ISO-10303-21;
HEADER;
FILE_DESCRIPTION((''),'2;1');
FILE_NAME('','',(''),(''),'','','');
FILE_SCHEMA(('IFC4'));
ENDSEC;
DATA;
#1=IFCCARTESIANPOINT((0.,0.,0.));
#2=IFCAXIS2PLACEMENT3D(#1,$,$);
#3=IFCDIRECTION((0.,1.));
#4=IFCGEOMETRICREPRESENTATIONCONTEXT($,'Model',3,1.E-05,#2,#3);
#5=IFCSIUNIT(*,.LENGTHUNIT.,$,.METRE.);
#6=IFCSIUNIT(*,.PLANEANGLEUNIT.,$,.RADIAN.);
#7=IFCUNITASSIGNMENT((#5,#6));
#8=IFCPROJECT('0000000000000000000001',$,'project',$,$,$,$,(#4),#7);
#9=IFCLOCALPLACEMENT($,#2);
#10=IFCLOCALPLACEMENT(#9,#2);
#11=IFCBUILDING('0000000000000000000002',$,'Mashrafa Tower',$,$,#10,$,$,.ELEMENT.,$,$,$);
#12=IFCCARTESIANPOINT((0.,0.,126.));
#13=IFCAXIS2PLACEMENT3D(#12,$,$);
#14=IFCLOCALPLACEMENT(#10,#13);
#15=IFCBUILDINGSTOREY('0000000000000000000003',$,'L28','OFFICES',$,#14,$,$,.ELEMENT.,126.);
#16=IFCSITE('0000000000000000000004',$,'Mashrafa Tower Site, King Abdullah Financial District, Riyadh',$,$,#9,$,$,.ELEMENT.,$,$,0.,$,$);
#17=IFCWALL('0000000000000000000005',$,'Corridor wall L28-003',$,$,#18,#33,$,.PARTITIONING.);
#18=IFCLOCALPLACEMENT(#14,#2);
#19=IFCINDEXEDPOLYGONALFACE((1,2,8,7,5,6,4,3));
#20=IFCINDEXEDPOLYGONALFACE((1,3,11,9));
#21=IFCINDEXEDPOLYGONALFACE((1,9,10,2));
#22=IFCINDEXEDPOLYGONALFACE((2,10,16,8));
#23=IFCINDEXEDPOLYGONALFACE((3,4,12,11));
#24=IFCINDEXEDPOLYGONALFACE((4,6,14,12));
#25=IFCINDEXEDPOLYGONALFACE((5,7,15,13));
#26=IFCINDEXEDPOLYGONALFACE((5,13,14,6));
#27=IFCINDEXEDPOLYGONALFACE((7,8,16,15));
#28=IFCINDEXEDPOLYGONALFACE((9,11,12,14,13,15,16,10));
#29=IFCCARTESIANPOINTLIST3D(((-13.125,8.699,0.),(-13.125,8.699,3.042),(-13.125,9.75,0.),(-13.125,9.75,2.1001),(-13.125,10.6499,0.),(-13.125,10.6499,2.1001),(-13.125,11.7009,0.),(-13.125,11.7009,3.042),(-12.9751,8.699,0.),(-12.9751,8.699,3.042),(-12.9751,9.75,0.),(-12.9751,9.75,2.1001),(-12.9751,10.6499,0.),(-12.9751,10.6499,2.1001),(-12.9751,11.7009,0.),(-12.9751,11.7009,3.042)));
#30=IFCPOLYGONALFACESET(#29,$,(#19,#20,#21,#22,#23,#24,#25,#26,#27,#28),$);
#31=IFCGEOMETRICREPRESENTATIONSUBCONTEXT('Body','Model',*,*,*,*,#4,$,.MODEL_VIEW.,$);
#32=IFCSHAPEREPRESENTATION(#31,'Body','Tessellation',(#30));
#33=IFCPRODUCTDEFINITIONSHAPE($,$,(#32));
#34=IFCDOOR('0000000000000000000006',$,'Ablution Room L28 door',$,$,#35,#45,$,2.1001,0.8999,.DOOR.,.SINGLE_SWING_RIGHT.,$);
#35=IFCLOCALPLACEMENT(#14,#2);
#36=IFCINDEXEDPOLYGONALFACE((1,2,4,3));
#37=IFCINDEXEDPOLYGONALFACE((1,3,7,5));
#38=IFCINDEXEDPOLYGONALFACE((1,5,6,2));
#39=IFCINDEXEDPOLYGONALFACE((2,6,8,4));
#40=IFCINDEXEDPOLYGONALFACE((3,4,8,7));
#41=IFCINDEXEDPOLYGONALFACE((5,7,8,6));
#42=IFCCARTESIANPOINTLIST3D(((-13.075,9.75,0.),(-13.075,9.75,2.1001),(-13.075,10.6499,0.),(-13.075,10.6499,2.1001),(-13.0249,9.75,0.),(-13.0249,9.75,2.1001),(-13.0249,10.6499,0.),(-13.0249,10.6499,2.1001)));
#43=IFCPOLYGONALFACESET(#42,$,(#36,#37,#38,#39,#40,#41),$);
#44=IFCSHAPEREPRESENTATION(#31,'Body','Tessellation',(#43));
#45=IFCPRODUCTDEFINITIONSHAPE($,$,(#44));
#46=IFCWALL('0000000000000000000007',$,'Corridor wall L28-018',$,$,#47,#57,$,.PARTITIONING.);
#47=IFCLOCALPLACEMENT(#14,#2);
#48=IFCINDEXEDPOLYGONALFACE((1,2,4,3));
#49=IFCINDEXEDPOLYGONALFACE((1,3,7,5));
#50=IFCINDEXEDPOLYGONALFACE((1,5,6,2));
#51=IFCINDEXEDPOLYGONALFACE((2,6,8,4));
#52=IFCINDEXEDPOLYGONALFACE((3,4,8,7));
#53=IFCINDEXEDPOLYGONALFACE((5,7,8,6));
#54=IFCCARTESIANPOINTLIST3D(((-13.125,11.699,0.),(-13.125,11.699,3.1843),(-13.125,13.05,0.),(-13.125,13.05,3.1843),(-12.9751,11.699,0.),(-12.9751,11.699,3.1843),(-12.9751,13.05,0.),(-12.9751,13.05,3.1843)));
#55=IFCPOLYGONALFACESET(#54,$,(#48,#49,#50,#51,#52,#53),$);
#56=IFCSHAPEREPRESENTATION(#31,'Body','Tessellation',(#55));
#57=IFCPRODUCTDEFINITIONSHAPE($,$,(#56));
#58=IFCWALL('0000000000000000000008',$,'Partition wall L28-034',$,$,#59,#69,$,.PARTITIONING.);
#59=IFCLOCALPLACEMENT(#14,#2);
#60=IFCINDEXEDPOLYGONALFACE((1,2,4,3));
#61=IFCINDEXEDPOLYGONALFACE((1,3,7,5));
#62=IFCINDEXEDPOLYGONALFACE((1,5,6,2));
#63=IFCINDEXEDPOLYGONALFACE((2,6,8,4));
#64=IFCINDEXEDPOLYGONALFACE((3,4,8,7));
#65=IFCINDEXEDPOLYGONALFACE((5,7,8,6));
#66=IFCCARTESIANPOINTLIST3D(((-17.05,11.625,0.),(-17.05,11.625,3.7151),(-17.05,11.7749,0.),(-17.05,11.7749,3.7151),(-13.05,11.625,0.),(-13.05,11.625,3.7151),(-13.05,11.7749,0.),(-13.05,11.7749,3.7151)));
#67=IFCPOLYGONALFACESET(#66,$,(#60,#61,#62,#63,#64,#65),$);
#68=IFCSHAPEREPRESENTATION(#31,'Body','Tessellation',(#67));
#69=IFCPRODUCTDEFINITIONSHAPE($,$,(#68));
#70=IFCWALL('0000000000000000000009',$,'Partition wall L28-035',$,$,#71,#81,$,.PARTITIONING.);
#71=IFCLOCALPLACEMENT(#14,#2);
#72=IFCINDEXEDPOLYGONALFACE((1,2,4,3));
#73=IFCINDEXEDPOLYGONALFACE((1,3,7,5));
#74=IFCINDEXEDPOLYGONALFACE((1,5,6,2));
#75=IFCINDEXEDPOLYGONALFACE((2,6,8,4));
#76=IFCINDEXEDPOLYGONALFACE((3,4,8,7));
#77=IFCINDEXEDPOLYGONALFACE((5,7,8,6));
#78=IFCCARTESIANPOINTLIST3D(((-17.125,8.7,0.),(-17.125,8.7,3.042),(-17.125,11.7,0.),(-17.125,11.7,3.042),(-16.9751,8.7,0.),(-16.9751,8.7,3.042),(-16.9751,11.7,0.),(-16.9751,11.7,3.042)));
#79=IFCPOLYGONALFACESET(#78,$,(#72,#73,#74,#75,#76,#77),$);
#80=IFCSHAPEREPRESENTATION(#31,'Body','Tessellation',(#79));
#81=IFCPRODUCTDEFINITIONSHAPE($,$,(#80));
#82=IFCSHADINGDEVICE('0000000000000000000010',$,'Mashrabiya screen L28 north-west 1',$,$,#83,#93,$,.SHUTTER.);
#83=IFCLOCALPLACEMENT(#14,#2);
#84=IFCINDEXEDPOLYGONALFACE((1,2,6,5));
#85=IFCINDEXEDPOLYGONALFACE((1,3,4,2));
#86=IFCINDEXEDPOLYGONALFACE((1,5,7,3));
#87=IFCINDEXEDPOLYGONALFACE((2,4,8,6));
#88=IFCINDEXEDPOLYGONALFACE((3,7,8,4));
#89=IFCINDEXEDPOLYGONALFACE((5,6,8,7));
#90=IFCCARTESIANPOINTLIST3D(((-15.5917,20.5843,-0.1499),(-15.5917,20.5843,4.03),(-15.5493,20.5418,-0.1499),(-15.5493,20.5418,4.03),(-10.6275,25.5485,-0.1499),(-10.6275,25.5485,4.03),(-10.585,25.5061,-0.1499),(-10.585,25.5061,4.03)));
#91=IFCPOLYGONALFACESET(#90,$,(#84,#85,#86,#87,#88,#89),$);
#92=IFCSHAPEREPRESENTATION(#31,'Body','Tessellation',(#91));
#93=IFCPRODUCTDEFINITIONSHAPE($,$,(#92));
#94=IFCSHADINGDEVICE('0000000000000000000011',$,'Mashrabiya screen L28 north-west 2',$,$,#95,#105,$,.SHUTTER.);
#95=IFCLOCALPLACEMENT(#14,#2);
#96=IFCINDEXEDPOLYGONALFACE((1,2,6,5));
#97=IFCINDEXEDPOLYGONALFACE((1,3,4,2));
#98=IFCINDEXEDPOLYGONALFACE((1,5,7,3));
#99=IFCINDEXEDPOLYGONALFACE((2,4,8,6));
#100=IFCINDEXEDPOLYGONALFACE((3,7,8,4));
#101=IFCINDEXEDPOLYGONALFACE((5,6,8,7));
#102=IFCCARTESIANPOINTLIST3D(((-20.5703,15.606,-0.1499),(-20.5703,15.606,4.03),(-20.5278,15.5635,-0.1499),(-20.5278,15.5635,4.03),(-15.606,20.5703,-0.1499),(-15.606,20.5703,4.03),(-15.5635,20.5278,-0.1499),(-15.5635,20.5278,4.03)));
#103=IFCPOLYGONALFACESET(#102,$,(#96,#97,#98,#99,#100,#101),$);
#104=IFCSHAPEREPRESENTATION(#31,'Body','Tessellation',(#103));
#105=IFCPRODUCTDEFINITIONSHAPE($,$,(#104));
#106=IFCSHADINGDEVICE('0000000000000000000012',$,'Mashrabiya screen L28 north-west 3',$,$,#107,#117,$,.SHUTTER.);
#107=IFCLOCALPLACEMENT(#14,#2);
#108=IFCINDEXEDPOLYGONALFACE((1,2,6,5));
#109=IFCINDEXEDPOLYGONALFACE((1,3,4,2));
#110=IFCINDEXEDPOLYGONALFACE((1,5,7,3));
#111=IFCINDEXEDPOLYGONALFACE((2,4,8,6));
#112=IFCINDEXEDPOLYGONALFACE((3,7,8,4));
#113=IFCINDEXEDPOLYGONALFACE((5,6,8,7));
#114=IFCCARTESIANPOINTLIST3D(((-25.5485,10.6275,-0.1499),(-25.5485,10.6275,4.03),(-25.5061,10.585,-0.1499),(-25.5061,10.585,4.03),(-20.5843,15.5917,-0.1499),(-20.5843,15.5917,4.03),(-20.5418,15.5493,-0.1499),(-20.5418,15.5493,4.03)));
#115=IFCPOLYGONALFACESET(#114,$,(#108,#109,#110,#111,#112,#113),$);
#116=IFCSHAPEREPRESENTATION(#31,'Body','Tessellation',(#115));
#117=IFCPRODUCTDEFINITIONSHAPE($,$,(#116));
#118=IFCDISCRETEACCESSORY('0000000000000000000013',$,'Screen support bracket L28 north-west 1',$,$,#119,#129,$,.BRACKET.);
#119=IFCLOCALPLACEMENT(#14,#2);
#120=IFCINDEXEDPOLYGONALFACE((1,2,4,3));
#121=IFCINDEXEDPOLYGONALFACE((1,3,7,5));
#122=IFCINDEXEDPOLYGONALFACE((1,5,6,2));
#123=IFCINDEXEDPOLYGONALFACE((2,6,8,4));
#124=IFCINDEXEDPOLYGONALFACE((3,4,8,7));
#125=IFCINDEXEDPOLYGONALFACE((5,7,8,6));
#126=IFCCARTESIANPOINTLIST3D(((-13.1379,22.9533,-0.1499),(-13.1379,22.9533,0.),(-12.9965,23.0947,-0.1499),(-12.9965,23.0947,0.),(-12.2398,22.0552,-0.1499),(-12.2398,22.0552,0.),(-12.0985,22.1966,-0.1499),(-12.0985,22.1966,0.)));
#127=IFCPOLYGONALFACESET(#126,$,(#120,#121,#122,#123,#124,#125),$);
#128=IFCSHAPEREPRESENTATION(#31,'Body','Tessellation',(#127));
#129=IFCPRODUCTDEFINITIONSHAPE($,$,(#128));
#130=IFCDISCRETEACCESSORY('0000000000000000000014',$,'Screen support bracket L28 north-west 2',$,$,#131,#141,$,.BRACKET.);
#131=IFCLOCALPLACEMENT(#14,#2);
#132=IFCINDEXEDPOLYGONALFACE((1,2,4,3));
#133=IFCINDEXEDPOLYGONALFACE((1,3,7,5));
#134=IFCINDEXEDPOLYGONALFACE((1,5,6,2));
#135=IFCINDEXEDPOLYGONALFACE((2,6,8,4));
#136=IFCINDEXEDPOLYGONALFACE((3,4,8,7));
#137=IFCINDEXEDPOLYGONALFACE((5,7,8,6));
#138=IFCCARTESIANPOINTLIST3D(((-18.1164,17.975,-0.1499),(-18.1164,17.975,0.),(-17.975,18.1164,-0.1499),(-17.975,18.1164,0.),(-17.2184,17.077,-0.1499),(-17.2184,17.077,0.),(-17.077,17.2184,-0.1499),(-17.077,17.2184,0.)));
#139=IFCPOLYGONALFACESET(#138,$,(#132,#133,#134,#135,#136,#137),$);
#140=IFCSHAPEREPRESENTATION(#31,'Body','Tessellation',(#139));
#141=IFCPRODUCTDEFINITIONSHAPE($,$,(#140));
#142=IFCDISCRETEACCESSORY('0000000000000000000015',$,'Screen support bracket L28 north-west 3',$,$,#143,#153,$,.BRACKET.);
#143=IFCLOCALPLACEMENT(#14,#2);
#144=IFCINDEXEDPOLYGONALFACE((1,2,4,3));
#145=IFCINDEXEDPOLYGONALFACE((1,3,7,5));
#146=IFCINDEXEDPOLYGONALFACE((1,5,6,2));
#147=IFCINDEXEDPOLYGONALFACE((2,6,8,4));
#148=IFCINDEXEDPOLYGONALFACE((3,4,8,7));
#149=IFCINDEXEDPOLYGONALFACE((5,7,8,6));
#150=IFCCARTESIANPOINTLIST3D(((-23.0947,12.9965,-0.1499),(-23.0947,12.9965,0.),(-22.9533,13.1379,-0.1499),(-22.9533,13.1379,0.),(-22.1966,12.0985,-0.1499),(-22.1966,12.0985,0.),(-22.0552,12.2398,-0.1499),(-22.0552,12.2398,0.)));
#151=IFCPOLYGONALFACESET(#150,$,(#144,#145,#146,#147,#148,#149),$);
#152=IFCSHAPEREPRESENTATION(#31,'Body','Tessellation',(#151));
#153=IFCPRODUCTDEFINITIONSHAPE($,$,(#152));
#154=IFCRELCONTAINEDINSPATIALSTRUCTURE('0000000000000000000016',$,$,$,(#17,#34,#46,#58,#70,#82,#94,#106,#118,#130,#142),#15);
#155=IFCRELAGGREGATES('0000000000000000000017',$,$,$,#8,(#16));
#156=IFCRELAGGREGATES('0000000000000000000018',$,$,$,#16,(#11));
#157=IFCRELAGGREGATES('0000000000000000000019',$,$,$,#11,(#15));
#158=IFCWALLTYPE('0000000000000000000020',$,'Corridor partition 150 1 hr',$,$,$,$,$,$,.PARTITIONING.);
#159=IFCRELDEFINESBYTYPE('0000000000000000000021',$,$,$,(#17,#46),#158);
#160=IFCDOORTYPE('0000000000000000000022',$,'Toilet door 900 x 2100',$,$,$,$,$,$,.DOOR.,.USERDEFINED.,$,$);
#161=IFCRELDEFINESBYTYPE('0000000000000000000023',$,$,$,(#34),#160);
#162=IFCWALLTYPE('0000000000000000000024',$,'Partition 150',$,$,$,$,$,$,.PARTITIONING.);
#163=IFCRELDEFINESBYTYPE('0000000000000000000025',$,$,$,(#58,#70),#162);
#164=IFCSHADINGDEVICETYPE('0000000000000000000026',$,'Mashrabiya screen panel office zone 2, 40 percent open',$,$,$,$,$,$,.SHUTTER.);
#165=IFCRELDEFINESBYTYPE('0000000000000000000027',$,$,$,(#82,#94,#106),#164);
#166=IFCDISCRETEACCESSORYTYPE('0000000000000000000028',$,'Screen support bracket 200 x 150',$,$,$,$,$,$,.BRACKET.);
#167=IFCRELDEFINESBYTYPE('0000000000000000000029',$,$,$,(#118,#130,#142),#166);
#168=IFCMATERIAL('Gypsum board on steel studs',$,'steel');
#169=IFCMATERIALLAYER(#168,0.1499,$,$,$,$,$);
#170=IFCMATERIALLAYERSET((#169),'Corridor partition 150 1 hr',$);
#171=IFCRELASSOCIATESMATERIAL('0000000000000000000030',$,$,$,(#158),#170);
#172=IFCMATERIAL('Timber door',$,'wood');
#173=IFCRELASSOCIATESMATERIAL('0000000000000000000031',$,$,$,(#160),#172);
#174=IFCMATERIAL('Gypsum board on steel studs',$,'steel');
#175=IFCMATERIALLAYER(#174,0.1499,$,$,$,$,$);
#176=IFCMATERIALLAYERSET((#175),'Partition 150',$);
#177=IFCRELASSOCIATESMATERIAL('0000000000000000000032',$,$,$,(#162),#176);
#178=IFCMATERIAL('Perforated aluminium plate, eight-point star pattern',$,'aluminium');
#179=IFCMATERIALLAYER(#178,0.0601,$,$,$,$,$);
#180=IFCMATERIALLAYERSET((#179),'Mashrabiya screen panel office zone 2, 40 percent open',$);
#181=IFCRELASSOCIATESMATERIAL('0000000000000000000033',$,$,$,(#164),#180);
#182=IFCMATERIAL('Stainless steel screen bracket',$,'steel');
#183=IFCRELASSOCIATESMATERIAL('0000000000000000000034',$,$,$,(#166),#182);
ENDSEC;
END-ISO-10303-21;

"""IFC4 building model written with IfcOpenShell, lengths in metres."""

from ifc_helpers import new_model, si_unit, direction, frame, frame_2d, origin, origin_2d, place, context, subcontext, project, spatial, rectangle, extrude, source, transform, mapped, material, layer, layer_set, type_object, type_shapes, element, fill, save


model = new_model("IFC4")

# Units and contexts
model_context = context("Model", 3, precision=1e-05, world=origin(), true_north=direction((0.0, 1.0)))
body_context = subcontext(model_context, "Body", "Model", "MODEL_VIEW")
ifc_project = project(units=[si_unit("LENGTHUNIT", "METRE"), si_unit("PLANEANGLEUNIT", "RADIAN")], contexts=[model_context])

# Site, building, storey
site_placement = place(None, origin())
site = spatial("IfcSite", under=ifc_project, at=site_placement, Name="Mashrafa Tower Site, King Abdullah Financial District, Riyadh", CompositionType="ELEMENT", RefElevation=0.0)
building_placement = place(site_placement, origin())
building = spatial("IfcBuilding", under=site, at=building_placement, Name="Mashrafa Tower", CompositionType="ELEMENT")
storey_placement = place(building_placement, frame((0.0, 0.0, 126.0)))
storey = spatial("IfcBuildingStorey", under=building, at=storey_placement, Name="L28", Description="OFFICES", CompositionType="ELEMENT", Elevation=126.0)

# Wall, opening, door
ifc_material_1 = material(Name="Gypsum board on steel studs", Category="steel")
ifc_layer_1 = layer(ifc_material_1, 0.1499)
ifc_layer_set_1 = layer_set([ifc_layer_1], Name="Corridor partition 150 1 hr")
wall_type_1 = type_object("IfcWallType", Name="Corridor partition 150 1 hr", PredefinedType="PARTITIONING", material=ifc_layer_set_1)
wall_1_placement = place(storey_placement, frame((-13.05, 11.7009, 0.0), z_axis=(0.0, 0.0, 1.0), x_axis=(0.0, -1.0, 0.0)))
wall_1 = element("IfcWall", 1, at=wall_1_placement, inside=storey, type_object=wall_type_1, Name="Corridor wall L28-003", PredefinedType="PARTITIONING", context=body_context, shape_type="SweptSolid", body=[
    extrude(rectangle(XDim=3.002, YDim=0.1499, at=frame_2d((1.501, 0.0))), origin(), (0.0, 0.0, 1.0), 3.042),
])
opening_placement = place(wall_1_placement, frame((1.051, 0.0, 0.0)))
opening = element("IfcOpeningElement", 2, at=opening_placement, cuts=wall_1, PredefinedType="OPENING", context=body_context, shape_type="SweptSolid", body=[
    extrude(rectangle(XDim=0.8999, YDim=2.1001, at=frame_2d((0.45, 1.05))), frame((0.0, 0.085, 0.0), z_axis=(0.0, -1.0, 0.0), x_axis=(1.0, 0.0, 0.0)), (0.0, 0.0, 1.0), 0.1699),
])
ifc_material_2 = material(Name="Timber door", Category="wood")
door_type = type_object("IfcDoorType", Name="Toilet door 900 x 2100", OperationType="USERDEFINED", PredefinedType="DOOR", material=ifc_material_2)
door_placement = place(opening_placement, frame((0.8999, 0.0, 0.0), z_axis=(0.0, 0.0, 1.0), x_axis=(-1.0, 0.0, 0.0)))
door = element("IfcDoor", 3, at=door_placement, inside=storey, type_object=door_type, Name="Ablution Room L28 door", OperationType="SINGLE_SWING_RIGHT", OverallHeight=2.1001, OverallWidth=0.8999, PredefinedType="DOOR", context=body_context, shape_type="SweptSolid", body=[
    extrude(rectangle(XDim=0.8999, YDim=2.1001, at=frame_2d((0.45, 1.05))), frame((0.0, 0.0249, 0.0), z_axis=(0.0, -1.0, 0.0), x_axis=(1.0, 0.0, 0.0)), (0.0, 0.0, 1.0), 0.05),
])
fill(opening, door)

# Walls
wall_2_placement = place(storey_placement, frame((-13.05, 13.05, 0.0), z_axis=(0.0, 0.0, 1.0), x_axis=(0.0, -1.0, 0.0)))
element("IfcWall", 4, at=wall_2_placement, inside=storey, type_object=wall_type_1, Name="Corridor wall L28-018", PredefinedType="PARTITIONING", context=body_context, shape_type="SweptSolid", body=[
    extrude(rectangle(XDim=1.3511, YDim=0.1499, at=frame_2d((0.6755, 0.0))), origin(), (0.0, 0.0, 1.0), 3.1843),
])
ifc_material_3 = material(Name="Gypsum board on steel studs", Category="steel")
ifc_layer_2 = layer(ifc_material_3, 0.1499)
ifc_layer_set_2 = layer_set([ifc_layer_2], Name="Partition 150")
wall_type_2 = type_object("IfcWallType", Name="Partition 150", PredefinedType="PARTITIONING", material=ifc_layer_set_2)
wall_3_placement = place(storey_placement, frame((-13.05, 11.7, 0.0), z_axis=(0.0, 0.0, 1.0), x_axis=(-1.0, 0.0, 0.0)))
element("IfcWall", 5, at=wall_3_placement, inside=storey, type_object=wall_type_2, Name="Partition wall L28-034", PredefinedType="PARTITIONING", context=body_context, shape_type="SweptSolid", body=[
    extrude(rectangle(XDim=4.0, YDim=0.1499, at=frame_2d((2.0, 0.0))), origin(), (0.0, 0.0, 1.0), 3.7151),
])
wall_4_placement = place(storey_placement, frame((-17.05, 11.7, 0.0), z_axis=(0.0, 0.0, 1.0), x_axis=(0.0, -1.0, 0.0)))
element("IfcWall", 6, at=wall_4_placement, inside=storey, type_object=wall_type_2, Name="Partition wall L28-035", PredefinedType="PARTITIONING", context=body_context, shape_type="SweptSolid", body=[
    extrude(rectangle(XDim=3.0, YDim=0.1499, at=frame_2d((1.5, 0.0))), origin(), (0.0, 0.0, 1.0), 3.042),
])

# Shading devices
ifc_material_4 = material(Name="Perforated aluminium plate, eight-point star pattern", Category="aluminium")
ifc_layer_3 = layer(ifc_material_4, 0.0601)
ifc_layer_set_3 = layer_set([ifc_layer_3], Name="Mashrabiya screen panel office zone 2, 40 percent open")
shading_device_type = type_object("IfcShadingDeviceType", Name="Mashrabiya screen panel office zone 2, 40 percent open", PredefinedType="SHUTTER", material=ifc_layer_set_3)
shared_shape_1 = source(origin(), body_context, "Body", "SweptSolid", [
    extrude(rectangle(XDim=7.0205, YDim=0.0601, at=origin_2d()), origin(), (0.0, 0.0, 1.0), 4.1799),
])
type_shapes(shading_device_type, [shared_shape_1])
for number, where, z_axis, x_axis, name in (
    (7, (-13.0884, 23.0452, -0.1499), (0.0, 0.0, 1.0), (-0.707107, -0.707107, 0.0), "Mashrabiya screen L28 north-west 1"),
    (8, (-18.0669, 18.0669, -0.1499), (0.0, 0.0, 1.0), (-0.707107, -0.707107, 0.0), "Mashrabiya screen L28 north-west 2"),
    (9, (-23.0452, 13.0884, -0.1499), (0.0, 0.0, 1.0), (-0.707107, -0.707107, 0.0), "Mashrabiya screen L28 north-west 3"),
):
    element("IfcShadingDevice", number, at=place(storey_placement, frame(where, z_axis=z_axis, x_axis=x_axis)), inside=storey, type_object=shading_device_type, Name=name, PredefinedType="SHUTTER", context=body_context, shape_type="MappedRepresentation", body=[
        mapped(shared_shape_1, transform((0.0, 0.0, 0.0))),
    ])

# Discrete accessories
ifc_material_5 = material(Name="Stainless steel screen bracket", Category="steel")
discrete_accessory_type = type_object("IfcDiscreteAccessoryType", Name="Screen support bracket 200 x 150", PredefinedType="BRACKET", material=ifc_material_5)
shared_shape_2 = source(origin(), body_context, "Body", "SweptSolid", [
    extrude(rectangle(XDim=0.2, YDim=1.27, at=origin_2d()), origin(), (0.0, 0.0, 1.0), 0.1499),
])
type_shapes(discrete_accessory_type, [shared_shape_2])
for number, where, z_axis, x_axis, name in (
    (10, (-12.6182, 22.575, -0.1499), (0.0, 0.0, 1.0), (-0.707107, -0.707107, 0.0), "Screen support bracket L28 north-west 1"),
    (11, (-17.5967, 17.5967, -0.1499), (0.0, 0.0, 1.0), (-0.707107, -0.707107, 0.0), "Screen support bracket L28 north-west 2"),
    (12, (-22.575, 12.6182, -0.1499), (0.0, 0.0, 1.0), (-0.707107, -0.707107, 0.0), "Screen support bracket L28 north-west 3"),
):
    element("IfcDiscreteAccessory", number, at=place(storey_placement, frame(where, z_axis=z_axis, x_axis=x_axis)), inside=storey, type_object=discrete_accessory_type, Name=name, PredefinedType="BRACKET", context=body_context, shape_type="MappedRepresentation", body=[
        mapped(shared_shape_2, transform((0.0, 0.0, 0.0))),
    ])

save(model, "model.ifc")
